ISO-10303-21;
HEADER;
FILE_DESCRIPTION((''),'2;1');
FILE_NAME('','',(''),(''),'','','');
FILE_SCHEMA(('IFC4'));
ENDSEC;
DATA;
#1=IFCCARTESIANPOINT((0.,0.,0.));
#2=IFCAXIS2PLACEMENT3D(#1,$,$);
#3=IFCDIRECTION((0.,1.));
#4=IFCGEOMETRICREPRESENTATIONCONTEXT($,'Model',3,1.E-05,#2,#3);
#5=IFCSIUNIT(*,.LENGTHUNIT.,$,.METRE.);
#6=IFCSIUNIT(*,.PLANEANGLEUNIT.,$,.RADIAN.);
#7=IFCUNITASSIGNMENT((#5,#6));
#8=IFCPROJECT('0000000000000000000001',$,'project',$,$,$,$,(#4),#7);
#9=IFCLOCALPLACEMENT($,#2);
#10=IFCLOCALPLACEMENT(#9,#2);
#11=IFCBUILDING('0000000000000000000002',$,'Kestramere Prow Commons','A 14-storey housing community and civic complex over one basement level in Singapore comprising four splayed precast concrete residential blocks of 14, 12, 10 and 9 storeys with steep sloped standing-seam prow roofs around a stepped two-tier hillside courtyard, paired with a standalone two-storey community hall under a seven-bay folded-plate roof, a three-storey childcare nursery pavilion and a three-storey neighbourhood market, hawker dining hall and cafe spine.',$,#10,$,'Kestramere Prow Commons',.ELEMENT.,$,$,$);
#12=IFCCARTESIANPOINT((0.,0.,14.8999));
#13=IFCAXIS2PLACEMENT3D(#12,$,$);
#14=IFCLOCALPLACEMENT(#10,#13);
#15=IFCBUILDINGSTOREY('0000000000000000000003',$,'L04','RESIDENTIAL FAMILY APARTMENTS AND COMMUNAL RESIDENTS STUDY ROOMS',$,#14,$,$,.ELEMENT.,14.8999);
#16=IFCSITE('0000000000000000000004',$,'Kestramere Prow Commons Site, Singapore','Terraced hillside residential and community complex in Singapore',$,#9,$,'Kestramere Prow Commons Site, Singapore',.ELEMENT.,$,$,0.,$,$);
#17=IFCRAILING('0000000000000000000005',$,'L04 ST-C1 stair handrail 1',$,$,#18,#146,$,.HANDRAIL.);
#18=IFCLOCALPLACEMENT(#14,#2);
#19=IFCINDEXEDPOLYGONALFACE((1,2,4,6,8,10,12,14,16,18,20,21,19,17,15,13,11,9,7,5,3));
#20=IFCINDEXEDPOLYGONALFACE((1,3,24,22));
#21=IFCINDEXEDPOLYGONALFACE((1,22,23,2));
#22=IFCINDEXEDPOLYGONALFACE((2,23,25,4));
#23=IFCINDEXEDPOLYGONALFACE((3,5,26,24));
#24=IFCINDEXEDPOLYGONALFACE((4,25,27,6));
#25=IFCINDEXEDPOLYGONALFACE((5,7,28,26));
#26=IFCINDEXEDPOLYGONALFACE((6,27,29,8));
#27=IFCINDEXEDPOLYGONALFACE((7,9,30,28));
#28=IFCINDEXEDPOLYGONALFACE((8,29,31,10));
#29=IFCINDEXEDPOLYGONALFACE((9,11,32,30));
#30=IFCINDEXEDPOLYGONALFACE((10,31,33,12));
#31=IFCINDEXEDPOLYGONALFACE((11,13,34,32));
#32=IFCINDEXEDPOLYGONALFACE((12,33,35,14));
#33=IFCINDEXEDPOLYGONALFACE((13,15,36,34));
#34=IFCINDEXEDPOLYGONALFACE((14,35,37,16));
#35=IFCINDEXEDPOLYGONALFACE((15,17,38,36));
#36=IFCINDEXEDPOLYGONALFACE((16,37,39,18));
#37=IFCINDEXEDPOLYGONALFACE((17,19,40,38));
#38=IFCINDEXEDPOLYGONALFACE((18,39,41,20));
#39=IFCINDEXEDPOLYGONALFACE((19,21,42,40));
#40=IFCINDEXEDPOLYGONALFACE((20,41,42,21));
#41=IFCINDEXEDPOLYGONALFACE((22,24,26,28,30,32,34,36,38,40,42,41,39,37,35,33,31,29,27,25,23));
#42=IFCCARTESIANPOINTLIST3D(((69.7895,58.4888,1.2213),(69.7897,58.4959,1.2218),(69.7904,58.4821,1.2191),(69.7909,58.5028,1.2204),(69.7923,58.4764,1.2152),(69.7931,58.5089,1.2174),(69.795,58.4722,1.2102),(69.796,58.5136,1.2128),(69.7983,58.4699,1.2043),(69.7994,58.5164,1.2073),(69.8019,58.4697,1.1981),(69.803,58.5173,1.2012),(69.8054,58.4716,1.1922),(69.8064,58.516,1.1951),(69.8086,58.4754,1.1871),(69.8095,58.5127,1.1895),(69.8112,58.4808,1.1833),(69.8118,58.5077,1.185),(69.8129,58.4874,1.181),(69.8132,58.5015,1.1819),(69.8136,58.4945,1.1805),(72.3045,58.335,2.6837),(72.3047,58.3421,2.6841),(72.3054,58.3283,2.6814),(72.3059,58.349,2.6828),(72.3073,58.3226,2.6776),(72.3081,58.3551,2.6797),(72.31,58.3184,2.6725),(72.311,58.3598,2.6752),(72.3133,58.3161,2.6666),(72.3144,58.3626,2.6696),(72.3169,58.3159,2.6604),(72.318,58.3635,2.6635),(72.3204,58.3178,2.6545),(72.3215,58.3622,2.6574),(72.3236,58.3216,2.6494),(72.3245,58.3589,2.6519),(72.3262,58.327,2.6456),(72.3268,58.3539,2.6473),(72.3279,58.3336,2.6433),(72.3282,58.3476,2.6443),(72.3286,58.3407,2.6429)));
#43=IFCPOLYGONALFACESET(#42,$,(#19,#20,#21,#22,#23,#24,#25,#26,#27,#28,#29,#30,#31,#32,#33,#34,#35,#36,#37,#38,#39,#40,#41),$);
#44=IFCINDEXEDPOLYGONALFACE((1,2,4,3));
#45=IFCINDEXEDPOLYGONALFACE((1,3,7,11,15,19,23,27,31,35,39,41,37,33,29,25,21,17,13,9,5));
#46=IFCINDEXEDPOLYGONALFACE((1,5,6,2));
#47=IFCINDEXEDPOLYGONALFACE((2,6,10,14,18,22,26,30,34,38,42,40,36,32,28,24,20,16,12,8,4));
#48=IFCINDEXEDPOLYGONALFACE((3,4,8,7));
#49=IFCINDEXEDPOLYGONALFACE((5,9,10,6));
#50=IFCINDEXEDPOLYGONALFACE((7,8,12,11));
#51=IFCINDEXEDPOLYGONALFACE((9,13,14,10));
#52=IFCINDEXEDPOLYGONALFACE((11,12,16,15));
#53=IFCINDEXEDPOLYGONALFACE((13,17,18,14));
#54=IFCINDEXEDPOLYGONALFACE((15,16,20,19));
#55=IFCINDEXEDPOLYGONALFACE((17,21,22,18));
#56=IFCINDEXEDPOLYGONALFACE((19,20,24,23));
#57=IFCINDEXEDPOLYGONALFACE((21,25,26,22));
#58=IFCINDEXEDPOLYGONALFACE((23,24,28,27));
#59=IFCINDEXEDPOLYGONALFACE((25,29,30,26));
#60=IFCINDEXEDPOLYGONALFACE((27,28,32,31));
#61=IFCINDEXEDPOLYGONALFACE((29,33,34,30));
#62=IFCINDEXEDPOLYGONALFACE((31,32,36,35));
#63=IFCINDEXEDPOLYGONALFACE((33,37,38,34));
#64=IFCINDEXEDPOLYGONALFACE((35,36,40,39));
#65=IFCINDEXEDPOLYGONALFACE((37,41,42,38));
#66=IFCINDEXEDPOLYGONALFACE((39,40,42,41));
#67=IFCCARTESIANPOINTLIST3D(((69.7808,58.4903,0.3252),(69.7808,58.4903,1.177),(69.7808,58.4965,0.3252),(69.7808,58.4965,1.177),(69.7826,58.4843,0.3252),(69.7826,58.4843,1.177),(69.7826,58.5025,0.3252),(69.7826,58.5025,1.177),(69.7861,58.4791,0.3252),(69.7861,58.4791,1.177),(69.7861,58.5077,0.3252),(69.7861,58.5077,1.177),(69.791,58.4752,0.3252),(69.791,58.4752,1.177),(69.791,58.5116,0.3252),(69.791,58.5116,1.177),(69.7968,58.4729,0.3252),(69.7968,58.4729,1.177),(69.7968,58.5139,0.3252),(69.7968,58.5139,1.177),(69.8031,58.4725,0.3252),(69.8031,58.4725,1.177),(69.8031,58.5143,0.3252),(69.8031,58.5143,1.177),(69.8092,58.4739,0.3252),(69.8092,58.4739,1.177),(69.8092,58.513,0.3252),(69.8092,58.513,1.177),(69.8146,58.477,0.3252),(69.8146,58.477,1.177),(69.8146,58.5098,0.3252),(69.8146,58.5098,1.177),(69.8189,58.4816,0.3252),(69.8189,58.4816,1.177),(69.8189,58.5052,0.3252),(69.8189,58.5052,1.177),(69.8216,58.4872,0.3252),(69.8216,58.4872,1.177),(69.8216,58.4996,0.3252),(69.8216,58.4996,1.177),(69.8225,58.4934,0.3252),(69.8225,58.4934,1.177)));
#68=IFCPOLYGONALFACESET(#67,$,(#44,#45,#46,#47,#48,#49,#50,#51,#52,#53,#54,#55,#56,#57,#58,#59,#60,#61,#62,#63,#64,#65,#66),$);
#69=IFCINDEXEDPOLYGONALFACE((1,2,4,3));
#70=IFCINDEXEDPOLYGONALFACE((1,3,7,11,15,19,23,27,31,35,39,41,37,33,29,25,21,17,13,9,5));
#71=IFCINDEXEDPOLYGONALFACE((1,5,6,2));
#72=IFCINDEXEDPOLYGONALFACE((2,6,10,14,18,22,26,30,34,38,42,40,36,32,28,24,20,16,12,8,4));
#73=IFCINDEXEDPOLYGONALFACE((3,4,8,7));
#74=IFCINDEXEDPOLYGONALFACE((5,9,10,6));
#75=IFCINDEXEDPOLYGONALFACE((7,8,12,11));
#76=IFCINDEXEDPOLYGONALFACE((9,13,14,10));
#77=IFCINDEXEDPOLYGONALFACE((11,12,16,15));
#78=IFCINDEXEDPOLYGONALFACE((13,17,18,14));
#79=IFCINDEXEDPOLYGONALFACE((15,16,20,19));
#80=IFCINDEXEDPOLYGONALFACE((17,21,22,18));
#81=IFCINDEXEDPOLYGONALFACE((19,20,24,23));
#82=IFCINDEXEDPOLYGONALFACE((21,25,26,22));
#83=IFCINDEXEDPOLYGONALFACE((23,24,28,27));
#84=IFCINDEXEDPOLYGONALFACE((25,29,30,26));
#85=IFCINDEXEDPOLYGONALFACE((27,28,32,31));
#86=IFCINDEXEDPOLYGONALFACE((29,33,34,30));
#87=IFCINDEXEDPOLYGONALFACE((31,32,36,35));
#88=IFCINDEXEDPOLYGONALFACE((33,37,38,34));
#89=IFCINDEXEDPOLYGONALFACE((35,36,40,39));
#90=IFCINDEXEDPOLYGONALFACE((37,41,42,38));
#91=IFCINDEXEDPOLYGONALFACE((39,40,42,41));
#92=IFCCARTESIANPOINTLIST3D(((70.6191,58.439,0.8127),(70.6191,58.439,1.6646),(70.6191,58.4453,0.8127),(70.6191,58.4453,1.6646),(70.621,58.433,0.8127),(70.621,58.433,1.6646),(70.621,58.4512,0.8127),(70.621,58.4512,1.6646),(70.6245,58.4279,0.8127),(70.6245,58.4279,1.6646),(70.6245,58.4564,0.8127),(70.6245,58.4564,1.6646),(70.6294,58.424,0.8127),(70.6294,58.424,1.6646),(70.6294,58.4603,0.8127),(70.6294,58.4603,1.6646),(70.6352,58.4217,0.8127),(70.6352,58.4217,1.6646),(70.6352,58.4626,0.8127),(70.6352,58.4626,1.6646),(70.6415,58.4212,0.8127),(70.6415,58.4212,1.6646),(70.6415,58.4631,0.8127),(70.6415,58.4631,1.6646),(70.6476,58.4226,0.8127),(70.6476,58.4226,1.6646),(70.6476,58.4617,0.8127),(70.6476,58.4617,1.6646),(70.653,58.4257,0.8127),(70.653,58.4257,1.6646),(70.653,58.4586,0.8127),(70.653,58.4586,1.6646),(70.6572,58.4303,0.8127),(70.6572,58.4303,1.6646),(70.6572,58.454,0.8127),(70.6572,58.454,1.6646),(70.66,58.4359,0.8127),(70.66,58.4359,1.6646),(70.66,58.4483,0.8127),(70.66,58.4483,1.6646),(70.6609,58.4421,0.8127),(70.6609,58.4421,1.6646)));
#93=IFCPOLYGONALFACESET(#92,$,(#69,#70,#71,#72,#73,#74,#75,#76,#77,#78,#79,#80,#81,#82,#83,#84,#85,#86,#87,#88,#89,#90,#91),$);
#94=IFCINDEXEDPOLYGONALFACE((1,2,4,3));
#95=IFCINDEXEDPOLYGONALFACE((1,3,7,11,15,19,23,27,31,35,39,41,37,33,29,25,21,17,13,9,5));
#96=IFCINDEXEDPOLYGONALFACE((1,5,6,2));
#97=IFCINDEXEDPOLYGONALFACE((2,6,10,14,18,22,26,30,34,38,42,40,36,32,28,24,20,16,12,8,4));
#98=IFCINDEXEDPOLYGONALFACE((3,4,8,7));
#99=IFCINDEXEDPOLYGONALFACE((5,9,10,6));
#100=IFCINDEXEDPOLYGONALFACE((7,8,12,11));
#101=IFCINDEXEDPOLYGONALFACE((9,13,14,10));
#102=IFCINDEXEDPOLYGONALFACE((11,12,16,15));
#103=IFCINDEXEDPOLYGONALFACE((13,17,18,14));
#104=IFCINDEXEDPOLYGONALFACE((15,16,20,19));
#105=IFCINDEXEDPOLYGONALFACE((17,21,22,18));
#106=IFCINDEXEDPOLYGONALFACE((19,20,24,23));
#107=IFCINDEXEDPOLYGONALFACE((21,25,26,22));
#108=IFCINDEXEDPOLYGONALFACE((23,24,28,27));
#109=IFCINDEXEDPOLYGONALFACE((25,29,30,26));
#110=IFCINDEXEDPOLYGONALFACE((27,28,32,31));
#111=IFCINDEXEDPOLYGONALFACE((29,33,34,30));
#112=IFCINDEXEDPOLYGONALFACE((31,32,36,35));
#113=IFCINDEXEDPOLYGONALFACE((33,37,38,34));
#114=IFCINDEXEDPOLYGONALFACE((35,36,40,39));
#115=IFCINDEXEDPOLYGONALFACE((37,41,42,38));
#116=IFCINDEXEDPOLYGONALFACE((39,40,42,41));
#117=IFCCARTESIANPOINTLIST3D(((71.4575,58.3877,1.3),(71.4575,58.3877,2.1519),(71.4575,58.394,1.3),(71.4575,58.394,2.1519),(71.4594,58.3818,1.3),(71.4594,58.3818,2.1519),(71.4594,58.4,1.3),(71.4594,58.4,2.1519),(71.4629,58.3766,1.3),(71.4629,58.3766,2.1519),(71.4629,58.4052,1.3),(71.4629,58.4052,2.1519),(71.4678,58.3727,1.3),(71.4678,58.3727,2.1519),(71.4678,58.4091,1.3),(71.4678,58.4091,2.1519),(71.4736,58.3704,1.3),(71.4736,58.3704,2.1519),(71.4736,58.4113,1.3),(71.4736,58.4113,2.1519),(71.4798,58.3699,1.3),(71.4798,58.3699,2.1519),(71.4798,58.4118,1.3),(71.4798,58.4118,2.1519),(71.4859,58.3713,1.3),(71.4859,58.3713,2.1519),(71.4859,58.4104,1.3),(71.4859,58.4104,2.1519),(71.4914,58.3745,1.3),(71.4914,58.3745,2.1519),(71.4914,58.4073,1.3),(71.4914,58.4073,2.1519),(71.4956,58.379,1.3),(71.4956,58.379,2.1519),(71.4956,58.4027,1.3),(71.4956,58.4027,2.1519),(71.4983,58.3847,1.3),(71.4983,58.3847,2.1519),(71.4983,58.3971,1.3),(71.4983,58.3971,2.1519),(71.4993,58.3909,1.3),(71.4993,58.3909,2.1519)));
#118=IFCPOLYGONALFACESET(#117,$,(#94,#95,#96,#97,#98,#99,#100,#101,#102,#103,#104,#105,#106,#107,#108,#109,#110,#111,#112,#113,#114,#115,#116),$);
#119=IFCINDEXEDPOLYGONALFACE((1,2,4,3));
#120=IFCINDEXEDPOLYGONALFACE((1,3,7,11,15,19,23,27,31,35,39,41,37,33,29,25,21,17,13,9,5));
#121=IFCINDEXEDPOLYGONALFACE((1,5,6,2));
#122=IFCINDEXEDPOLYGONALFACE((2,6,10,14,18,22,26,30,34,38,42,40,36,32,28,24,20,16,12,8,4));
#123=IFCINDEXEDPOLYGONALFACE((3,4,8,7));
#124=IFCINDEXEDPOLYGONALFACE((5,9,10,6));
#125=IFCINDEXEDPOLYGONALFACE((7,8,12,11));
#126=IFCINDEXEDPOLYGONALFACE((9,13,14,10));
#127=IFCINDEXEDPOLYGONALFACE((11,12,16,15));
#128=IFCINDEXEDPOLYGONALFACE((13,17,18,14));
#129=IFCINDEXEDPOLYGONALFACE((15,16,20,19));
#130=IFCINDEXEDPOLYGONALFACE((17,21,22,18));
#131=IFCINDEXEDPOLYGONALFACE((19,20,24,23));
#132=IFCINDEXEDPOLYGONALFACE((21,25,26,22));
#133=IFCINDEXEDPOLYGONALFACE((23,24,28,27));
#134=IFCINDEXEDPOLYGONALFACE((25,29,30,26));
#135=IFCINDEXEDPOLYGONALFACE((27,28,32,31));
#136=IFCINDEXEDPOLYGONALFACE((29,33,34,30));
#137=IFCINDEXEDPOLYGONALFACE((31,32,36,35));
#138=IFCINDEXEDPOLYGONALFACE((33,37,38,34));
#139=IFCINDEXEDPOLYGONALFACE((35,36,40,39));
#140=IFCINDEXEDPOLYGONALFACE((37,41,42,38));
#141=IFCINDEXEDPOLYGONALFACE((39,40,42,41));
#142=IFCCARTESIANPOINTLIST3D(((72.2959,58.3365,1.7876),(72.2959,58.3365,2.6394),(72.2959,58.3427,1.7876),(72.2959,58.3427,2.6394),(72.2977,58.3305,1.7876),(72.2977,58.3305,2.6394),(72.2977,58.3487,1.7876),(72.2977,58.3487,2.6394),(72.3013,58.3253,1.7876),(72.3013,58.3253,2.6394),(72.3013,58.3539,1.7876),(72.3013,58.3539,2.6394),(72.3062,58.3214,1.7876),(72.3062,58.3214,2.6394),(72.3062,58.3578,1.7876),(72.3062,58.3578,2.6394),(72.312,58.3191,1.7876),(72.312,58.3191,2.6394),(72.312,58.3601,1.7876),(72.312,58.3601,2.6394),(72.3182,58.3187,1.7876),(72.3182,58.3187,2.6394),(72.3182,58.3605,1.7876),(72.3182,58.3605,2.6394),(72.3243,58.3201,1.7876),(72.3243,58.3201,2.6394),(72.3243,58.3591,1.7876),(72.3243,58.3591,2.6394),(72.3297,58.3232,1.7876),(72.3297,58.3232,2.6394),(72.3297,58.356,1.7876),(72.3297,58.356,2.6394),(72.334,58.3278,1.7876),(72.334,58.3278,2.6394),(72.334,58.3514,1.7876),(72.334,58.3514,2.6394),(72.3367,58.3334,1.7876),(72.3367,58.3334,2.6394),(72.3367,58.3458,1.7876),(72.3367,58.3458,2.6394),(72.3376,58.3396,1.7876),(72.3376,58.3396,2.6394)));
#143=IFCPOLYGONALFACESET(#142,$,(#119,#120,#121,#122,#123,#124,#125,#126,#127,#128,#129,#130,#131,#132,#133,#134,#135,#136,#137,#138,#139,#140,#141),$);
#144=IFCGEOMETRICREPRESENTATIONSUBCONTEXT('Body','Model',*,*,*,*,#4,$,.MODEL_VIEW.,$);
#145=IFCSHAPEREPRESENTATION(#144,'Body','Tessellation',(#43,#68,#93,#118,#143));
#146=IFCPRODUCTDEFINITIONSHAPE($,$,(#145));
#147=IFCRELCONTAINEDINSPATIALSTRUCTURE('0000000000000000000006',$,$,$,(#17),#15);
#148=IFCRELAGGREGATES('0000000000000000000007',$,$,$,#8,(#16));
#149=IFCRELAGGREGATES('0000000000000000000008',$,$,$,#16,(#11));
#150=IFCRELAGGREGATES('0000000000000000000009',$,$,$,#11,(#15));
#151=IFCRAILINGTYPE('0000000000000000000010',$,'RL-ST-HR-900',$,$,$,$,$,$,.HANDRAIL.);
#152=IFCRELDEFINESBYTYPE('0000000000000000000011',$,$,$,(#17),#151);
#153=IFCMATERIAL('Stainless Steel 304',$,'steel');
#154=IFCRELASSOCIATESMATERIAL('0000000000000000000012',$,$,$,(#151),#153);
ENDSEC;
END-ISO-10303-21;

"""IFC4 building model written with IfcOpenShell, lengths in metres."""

from ifc_helpers import new_model, si_unit, direction, frame, origin, origin_2d, place, context, subcontext, project, spatial, circle, extrude, material, type_object, element, save


model = new_model("IFC4")

# Units and contexts
model_context = context("Model", 3, precision=1e-05, world=origin(), true_north=direction((0.0, 1.0)))
body_context = subcontext(model_context, "Body", "Model", "MODEL_VIEW")
ifc_project = project(units=[si_unit("LENGTHUNIT", "METRE"), si_unit("PLANEANGLEUNIT", "RADIAN")], contexts=[model_context])

# Site, building, storey
site_placement = place(None, origin())
site = spatial("IfcSite", under=ifc_project, at=site_placement, Name="Kestramere Prow Commons Site, Singapore", Description="Terraced hillside residential and community complex in Singapore", LongName="Kestramere Prow Commons Site, Singapore", CompositionType="ELEMENT", RefElevation=0.0)
building_placement = place(site_placement, origin())
building = spatial("IfcBuilding", under=site, at=building_placement, Name="Kestramere Prow Commons", Description="A 14-storey housing community and civic complex over one basement level in Singapore comprising four splayed precast concrete residential blocks of 14, 12, 10 and 9 storeys with steep sloped standing-seam prow roofs around a stepped two-tier hillside courtyard, paired with a standalone two-storey community hall under a seven-bay folded-plate roof, a three-storey childcare nursery pavilion and a three-storey neighbourhood market, hawker dining hall and cafe spine.", LongName="Kestramere Prow Commons", CompositionType="ELEMENT")
storey_placement = place(building_placement, frame((0.0, 0.0, 14.8999)))
storey = spatial("IfcBuildingStorey", under=building, at=storey_placement, Name="L04", Description="RESIDENTIAL FAMILY APARTMENTS AND COMMUNAL RESIDENTS STUDY ROOMS", CompositionType="ELEMENT", Elevation=14.8999)

# Railing
ifc_material_1 = material(Name="Stainless Steel 304", Category="steel")
railing_type_1 = type_object("IfcRailingType", Name="RL-ST-HR-900", PredefinedType="HANDRAIL", material=ifc_material_1)
railing_1_placement = place(storey_placement, frame((69.8015, 58.4934, 0.3252)))
element("IfcRailing", 1, at=railing_1_placement, inside=storey, type_object=railing_type_1, Name="L04 ST-C1 stair handrail 1", PredefinedType="HANDRAIL", context=body_context, shape_type="SweptSolid", body=[
    extrude(circle(Radius=0.0239, at=origin_2d()), frame((0.0, 0.0, 0.876), z_axis=(0.863285, -0.052793, 0.501949), x_axis=(0.061039, 0.998135, 0.0)), (0.0, 0.0, 1.0), 2.9133),
    extrude(circle(Radius=0.021, at=origin_2d()), origin(), (0.0, 0.0, 1.0), 0.8518),
    extrude(circle(Radius=0.021, at=origin_2d()), frame((0.8384, -0.0513, 0.4875)), (0.0, 0.0, 1.0), 0.8518),
    extrude(circle(Radius=0.021, at=origin_2d()), frame((1.6768, -0.1025, 0.9749)), (0.0, 0.0, 1.0), 0.8518),
    extrude(circle(Radius=0.021, at=origin_2d()), frame((2.5151, -0.1538, 1.4624)), (0.0, 0.0, 1.0), 0.8518),
])

save(model, "model.ifc")
